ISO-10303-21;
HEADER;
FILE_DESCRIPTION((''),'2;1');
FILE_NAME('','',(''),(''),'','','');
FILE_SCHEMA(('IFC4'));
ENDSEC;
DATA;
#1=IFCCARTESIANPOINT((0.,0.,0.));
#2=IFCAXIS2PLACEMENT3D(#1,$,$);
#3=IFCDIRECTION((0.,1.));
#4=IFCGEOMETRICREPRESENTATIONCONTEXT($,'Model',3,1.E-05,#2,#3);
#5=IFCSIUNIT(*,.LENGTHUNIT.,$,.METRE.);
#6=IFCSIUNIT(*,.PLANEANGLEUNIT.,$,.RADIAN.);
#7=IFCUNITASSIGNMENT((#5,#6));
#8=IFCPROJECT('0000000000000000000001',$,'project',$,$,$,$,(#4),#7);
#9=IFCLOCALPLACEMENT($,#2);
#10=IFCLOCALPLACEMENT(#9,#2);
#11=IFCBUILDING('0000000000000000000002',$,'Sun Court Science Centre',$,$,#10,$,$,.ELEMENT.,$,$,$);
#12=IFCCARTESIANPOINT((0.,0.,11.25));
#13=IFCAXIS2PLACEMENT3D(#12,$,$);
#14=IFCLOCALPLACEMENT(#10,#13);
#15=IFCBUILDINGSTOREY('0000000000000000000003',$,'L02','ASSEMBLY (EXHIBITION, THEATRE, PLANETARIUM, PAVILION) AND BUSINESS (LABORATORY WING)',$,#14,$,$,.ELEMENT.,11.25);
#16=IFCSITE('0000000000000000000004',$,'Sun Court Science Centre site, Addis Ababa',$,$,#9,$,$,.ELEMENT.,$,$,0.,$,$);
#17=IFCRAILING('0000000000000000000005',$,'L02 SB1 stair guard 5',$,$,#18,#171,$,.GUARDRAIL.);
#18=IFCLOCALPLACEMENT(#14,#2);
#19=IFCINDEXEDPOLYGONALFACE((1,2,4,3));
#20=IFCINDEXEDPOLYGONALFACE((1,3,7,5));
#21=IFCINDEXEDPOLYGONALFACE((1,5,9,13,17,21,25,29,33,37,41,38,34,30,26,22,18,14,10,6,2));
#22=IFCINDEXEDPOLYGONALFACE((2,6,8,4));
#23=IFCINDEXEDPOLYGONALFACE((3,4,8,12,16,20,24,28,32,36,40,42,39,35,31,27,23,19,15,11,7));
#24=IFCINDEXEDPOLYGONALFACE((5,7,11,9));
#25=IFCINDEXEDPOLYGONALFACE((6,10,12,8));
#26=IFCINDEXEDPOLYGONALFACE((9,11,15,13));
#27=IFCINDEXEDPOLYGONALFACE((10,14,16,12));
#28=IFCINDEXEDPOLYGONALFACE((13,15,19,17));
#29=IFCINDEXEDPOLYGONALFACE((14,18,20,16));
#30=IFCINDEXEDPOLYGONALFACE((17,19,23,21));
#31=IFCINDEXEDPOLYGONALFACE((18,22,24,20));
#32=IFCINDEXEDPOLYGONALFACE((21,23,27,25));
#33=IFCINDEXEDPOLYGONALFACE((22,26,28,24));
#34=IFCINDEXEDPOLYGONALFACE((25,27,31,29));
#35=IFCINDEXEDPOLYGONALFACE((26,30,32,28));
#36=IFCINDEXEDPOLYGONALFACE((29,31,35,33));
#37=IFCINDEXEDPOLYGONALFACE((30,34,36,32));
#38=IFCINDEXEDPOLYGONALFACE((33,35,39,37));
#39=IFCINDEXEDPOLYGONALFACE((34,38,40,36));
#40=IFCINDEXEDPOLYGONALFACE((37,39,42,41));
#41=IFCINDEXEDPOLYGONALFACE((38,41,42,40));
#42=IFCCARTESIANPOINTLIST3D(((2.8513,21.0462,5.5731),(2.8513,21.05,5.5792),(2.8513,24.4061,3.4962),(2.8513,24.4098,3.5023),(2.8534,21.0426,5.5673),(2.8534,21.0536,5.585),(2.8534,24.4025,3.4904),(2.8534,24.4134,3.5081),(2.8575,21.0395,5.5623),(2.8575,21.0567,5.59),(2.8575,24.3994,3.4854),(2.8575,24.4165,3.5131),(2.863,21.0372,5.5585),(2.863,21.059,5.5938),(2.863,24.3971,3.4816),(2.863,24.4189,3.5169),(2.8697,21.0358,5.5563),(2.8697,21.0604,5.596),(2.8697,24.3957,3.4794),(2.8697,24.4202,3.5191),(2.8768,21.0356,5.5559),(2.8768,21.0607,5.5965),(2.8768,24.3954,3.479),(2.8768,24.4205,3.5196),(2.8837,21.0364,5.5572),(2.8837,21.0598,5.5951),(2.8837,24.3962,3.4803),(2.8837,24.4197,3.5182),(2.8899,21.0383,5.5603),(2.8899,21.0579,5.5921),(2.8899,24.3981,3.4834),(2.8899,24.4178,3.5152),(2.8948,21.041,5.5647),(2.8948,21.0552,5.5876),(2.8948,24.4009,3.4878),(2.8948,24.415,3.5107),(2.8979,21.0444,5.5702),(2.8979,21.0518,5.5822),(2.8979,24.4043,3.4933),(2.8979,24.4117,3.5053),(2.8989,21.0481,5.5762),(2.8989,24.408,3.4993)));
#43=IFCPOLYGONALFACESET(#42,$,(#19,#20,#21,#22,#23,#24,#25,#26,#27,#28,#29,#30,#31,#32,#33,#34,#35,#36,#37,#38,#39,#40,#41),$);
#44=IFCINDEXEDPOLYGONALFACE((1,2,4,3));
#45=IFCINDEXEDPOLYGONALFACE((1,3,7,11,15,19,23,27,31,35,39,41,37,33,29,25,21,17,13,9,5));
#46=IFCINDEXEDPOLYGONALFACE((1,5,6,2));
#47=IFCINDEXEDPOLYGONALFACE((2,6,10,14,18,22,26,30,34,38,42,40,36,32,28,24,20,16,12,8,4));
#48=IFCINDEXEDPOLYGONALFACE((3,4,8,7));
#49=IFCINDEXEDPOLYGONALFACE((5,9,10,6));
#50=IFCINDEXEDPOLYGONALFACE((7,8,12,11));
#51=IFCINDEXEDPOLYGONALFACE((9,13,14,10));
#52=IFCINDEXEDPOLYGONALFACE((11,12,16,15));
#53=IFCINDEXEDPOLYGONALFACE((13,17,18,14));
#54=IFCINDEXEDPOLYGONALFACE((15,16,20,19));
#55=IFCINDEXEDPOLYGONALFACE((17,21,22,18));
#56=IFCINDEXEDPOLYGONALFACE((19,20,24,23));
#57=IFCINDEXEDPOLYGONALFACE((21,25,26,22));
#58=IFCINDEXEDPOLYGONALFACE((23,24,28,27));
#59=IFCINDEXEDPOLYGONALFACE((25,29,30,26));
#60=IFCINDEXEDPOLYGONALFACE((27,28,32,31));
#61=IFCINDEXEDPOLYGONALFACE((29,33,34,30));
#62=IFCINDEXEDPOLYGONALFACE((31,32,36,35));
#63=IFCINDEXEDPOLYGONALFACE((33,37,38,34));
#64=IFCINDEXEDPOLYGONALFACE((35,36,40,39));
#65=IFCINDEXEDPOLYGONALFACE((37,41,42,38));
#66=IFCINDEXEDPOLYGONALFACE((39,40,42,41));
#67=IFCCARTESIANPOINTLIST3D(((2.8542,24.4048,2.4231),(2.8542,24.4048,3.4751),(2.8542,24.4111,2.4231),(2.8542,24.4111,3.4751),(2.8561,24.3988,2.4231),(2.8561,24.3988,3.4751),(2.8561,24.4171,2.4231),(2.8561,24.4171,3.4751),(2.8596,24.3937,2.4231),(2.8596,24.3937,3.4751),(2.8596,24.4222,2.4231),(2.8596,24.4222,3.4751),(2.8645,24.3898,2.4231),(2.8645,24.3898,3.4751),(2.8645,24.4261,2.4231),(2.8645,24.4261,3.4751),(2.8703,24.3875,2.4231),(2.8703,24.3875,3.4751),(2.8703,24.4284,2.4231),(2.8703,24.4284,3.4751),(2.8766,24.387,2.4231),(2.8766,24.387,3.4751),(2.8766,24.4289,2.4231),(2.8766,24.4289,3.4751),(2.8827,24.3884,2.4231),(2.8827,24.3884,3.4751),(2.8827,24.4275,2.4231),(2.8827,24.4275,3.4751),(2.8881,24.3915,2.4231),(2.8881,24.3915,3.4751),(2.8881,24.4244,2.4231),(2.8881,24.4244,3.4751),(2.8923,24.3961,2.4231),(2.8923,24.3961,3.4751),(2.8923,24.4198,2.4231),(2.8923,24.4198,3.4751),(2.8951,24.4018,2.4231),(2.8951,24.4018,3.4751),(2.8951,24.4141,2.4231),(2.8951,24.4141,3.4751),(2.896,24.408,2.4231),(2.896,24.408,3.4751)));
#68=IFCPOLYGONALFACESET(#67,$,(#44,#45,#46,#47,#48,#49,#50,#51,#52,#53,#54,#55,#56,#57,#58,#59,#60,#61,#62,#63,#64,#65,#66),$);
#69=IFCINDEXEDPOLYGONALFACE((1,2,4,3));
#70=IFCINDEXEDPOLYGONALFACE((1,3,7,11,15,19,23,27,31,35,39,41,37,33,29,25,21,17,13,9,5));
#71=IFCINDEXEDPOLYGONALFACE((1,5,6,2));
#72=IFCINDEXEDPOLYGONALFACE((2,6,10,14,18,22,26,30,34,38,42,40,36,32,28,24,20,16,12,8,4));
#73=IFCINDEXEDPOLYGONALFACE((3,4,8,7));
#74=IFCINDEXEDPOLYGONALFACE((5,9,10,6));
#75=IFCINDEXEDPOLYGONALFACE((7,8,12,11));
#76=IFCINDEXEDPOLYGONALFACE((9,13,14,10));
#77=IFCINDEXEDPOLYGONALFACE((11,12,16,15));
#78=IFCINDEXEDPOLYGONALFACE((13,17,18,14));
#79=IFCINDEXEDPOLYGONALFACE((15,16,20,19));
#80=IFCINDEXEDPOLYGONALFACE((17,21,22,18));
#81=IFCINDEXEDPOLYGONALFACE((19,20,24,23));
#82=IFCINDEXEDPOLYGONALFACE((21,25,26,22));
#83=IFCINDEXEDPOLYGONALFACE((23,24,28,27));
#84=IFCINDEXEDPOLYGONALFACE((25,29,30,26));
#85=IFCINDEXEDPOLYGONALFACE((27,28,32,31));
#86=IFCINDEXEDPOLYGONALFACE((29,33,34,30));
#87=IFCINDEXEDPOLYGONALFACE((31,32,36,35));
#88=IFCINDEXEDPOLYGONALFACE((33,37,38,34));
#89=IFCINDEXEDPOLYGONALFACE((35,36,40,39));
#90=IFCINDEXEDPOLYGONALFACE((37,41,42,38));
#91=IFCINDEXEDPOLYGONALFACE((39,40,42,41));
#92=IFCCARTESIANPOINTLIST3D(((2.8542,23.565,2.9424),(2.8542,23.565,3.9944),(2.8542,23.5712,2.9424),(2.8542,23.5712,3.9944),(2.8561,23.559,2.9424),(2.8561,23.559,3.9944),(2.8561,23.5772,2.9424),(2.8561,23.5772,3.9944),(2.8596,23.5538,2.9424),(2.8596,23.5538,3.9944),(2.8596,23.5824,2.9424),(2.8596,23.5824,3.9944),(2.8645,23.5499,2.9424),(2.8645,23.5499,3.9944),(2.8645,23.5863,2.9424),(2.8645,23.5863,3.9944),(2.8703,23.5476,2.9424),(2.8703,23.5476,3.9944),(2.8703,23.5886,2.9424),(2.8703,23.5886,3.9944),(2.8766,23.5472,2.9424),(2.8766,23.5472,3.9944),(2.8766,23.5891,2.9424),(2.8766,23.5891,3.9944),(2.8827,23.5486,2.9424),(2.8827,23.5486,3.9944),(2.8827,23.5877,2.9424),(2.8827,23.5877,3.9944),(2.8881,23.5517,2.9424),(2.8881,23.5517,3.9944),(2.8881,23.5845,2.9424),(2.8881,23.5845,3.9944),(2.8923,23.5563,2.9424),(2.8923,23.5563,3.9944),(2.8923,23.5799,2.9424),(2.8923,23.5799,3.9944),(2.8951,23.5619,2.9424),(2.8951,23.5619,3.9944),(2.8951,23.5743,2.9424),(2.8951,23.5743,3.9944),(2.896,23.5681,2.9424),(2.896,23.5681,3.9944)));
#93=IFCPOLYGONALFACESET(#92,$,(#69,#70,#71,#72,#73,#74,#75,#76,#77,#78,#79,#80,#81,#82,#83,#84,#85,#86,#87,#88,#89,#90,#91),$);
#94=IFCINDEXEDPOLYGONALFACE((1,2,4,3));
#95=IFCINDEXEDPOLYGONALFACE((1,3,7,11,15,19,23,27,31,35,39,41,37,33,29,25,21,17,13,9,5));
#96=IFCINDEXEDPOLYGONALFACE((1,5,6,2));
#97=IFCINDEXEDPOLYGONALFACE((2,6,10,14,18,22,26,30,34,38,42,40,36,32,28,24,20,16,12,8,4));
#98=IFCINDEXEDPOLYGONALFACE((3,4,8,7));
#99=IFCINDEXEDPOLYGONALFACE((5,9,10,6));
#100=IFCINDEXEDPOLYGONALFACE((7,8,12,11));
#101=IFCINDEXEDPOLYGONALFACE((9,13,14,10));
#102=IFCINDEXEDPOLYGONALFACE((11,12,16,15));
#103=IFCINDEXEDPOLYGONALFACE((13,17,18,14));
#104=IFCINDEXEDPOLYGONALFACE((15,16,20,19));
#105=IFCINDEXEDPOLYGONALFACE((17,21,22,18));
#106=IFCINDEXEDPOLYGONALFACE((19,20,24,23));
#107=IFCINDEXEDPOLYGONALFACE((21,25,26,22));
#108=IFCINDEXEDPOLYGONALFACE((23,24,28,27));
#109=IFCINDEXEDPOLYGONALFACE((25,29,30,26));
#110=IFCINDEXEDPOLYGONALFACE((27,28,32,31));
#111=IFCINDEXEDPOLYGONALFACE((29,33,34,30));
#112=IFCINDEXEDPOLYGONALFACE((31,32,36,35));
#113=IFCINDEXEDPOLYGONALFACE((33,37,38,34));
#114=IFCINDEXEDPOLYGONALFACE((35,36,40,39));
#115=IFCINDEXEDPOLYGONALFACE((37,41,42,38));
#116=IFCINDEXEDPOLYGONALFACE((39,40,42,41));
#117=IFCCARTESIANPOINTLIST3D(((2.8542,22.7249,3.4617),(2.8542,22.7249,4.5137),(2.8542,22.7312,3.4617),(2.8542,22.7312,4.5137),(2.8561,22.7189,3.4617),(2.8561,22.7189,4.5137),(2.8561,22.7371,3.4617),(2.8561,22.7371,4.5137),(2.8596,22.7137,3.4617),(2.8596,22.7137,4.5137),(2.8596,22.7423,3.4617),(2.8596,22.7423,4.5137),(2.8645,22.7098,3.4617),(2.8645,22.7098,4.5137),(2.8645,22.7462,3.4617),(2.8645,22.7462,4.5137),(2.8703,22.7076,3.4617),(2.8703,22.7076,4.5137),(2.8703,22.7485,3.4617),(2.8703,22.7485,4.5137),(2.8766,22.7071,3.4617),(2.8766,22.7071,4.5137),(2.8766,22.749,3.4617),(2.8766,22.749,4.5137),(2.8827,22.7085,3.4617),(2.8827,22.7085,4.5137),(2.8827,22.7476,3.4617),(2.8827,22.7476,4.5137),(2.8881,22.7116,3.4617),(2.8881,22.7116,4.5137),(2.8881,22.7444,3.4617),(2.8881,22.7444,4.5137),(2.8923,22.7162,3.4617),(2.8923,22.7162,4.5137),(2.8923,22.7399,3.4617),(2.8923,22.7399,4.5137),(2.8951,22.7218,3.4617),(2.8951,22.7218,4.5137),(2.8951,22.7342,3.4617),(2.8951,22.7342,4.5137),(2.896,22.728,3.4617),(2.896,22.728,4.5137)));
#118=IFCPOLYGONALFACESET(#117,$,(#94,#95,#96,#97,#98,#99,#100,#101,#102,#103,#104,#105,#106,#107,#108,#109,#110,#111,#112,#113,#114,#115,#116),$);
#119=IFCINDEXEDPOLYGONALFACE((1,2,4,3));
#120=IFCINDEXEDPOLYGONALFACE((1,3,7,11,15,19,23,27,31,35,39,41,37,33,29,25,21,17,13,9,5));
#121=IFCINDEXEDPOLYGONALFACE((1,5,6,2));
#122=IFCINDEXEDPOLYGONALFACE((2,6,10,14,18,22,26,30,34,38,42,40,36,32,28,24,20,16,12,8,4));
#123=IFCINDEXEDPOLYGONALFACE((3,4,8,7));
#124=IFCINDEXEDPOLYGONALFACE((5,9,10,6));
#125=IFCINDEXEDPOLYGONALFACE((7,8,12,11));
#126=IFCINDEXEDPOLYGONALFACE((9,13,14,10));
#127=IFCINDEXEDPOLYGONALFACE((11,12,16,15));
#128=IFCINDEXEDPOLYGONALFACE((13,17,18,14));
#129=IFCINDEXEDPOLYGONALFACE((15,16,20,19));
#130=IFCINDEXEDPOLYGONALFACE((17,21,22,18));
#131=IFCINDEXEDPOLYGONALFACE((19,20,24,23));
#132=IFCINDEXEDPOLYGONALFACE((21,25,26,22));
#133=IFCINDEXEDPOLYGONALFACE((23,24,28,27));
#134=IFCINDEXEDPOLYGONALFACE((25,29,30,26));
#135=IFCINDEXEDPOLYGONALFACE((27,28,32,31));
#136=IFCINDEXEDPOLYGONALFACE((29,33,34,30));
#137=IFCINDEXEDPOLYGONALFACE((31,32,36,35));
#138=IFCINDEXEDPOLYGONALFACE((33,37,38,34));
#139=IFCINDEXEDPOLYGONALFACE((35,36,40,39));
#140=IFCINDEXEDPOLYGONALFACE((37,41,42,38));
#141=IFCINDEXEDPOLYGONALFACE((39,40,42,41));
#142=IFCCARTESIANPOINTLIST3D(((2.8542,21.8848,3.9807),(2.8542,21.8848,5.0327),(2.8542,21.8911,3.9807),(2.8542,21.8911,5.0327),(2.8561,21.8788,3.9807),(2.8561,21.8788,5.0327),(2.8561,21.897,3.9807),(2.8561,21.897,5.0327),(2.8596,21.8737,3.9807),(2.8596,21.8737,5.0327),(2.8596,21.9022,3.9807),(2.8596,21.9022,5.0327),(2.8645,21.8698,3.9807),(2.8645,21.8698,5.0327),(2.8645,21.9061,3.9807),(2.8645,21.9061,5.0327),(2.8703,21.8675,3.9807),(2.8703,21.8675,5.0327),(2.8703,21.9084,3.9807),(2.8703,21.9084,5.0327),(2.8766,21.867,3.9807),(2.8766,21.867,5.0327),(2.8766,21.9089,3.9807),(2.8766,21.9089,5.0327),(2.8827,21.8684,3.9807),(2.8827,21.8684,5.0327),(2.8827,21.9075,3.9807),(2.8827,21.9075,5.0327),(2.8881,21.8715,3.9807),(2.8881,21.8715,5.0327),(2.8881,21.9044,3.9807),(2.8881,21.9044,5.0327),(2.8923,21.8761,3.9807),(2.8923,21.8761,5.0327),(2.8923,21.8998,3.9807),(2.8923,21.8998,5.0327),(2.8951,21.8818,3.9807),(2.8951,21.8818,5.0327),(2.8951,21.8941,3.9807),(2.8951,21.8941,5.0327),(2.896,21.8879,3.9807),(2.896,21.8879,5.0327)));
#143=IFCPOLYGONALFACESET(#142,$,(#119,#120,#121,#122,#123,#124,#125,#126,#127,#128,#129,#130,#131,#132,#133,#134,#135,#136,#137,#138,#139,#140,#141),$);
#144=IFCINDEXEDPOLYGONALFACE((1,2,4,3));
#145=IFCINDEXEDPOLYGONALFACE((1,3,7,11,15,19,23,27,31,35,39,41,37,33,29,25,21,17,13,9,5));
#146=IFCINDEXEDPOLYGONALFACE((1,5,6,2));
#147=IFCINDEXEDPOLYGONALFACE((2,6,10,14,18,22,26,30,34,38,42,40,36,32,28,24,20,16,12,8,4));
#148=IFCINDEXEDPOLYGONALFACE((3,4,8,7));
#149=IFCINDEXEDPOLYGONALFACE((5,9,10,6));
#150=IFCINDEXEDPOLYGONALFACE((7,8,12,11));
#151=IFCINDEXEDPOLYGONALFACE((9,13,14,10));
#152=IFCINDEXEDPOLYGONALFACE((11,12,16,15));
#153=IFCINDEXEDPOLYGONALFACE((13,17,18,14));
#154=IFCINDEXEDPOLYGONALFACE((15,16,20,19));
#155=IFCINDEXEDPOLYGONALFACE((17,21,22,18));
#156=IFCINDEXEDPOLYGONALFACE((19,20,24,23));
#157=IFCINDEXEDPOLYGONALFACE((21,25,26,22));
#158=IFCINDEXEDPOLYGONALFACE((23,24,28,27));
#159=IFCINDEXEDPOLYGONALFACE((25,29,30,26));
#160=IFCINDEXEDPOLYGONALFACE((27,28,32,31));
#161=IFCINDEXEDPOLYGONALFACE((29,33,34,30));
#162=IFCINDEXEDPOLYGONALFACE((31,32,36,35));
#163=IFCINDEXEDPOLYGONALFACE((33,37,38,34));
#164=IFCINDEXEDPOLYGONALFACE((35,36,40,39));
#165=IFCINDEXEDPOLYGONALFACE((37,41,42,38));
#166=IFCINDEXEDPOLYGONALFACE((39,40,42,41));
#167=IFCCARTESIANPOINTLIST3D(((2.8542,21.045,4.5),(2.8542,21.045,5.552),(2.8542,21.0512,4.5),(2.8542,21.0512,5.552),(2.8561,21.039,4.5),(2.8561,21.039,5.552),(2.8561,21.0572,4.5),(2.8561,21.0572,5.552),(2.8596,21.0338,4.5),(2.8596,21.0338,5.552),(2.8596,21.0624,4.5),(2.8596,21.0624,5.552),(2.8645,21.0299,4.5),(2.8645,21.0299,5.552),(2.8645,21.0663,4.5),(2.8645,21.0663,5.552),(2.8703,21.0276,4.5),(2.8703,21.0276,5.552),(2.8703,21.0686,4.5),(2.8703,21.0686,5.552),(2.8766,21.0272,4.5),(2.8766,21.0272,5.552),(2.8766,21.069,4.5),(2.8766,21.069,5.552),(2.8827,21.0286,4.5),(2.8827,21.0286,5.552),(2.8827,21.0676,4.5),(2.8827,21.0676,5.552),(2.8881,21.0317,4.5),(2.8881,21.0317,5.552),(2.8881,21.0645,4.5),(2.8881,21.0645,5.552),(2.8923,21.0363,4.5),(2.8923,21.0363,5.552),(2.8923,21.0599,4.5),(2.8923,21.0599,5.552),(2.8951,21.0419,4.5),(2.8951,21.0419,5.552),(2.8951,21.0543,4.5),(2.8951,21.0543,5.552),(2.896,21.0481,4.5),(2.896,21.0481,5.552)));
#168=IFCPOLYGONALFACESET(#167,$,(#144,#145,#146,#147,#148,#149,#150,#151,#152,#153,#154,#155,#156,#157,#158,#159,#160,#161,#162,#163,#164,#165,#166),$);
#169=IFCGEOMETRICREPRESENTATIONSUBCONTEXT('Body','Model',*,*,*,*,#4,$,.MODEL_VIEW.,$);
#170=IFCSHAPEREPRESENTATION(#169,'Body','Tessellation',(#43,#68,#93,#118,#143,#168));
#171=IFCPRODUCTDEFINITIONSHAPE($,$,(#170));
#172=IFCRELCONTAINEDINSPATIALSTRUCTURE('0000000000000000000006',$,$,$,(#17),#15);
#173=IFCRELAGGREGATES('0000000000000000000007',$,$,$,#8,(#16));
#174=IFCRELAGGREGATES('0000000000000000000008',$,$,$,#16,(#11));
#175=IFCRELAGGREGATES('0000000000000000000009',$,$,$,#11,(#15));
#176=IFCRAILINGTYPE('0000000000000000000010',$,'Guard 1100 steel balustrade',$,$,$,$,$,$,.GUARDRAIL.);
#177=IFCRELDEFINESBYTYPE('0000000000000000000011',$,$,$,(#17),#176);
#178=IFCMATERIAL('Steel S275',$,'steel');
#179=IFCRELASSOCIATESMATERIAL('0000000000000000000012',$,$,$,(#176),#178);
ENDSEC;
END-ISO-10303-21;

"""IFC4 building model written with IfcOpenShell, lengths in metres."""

from ifc_helpers import new_model, si_unit, direction, frame, origin, origin_2d, place, context, subcontext, project, spatial, circle, extrude, material, type_object, element, save


model = new_model("IFC4")

# Units and contexts
model_context = context("Model", 3, precision=1e-05, world=origin(), true_north=direction((0.0, 1.0)))
body_context = subcontext(model_context, "Body", "Model", "MODEL_VIEW")
ifc_project = project(units=[si_unit("LENGTHUNIT", "METRE"), si_unit("PLANEANGLEUNIT", "RADIAN")], contexts=[model_context])

# Site, building, storey
site_placement = place(None, origin())
site = spatial("IfcSite", under=ifc_project, at=site_placement, Name="Sun Court Science Centre site, Addis Ababa", CompositionType="ELEMENT", RefElevation=0.0)
building_placement = place(site_placement, origin())
building = spatial("IfcBuilding", under=site, at=building_placement, Name="Sun Court Science Centre", CompositionType="ELEMENT")
storey_placement = place(building_placement, frame((0.0, 0.0, 11.25)))
storey = spatial("IfcBuildingStorey", under=building, at=storey_placement, Name="L02", Description="ASSEMBLY (EXHIBITION, THEATRE, PLANETARIUM, PAVILION) AND BUSINESS (LABORATORY WING)", CompositionType="ELEMENT", Elevation=11.25)

# Railing
ifc_material_1 = material(Name="Steel S275", Category="steel")
railing_type_1 = type_object("IfcRailingType", Name="Guard 1100 steel balustrade", PredefinedType="GUARDRAIL", material=ifc_material_1)
railing_1_placement = place(storey_placement, frame((2.875, 24.408, 2.4231)))
element("IfcRailing", 1, at=railing_1_placement, inside=storey, type_object=railing_type_1, Name="L02 SB1 stair guard 5", PredefinedType="GUARDRAIL", context=body_context, shape_type="SweptSolid", body=[
    extrude(circle(Radius=0.0239, at=origin_2d()), frame((0.0, 0.0, 1.0762), z_axis=(0.0, -0.850606, 0.525803), x_axis=(1.0, 0.0, 0.0)), (0.0, 0.0, 1.0), 3.95),
    extrude(circle(Radius=0.021, at=origin_2d()), origin(), (0.0, 0.0, 1.0), 1.052),
    extrude(circle(Radius=0.021, at=origin_2d()), frame((0.0, -0.8398, 0.5193)), (0.0, 0.0, 1.0), 1.052),
    extrude(circle(Radius=0.021, at=origin_2d()), frame((0.0, -1.6799, 1.0386)), (0.0, 0.0, 1.0), 1.052),
    extrude(circle(Radius=0.021, at=origin_2d()), frame((0.0, -2.52, 1.5576)), (0.0, 0.0, 1.0), 1.052),
    extrude(circle(Radius=0.021, at=origin_2d()), frame((0.0, -3.3599, 2.0769)), (0.0, 0.0, 1.0), 1.052),
])

save(model, "model.ifc")
